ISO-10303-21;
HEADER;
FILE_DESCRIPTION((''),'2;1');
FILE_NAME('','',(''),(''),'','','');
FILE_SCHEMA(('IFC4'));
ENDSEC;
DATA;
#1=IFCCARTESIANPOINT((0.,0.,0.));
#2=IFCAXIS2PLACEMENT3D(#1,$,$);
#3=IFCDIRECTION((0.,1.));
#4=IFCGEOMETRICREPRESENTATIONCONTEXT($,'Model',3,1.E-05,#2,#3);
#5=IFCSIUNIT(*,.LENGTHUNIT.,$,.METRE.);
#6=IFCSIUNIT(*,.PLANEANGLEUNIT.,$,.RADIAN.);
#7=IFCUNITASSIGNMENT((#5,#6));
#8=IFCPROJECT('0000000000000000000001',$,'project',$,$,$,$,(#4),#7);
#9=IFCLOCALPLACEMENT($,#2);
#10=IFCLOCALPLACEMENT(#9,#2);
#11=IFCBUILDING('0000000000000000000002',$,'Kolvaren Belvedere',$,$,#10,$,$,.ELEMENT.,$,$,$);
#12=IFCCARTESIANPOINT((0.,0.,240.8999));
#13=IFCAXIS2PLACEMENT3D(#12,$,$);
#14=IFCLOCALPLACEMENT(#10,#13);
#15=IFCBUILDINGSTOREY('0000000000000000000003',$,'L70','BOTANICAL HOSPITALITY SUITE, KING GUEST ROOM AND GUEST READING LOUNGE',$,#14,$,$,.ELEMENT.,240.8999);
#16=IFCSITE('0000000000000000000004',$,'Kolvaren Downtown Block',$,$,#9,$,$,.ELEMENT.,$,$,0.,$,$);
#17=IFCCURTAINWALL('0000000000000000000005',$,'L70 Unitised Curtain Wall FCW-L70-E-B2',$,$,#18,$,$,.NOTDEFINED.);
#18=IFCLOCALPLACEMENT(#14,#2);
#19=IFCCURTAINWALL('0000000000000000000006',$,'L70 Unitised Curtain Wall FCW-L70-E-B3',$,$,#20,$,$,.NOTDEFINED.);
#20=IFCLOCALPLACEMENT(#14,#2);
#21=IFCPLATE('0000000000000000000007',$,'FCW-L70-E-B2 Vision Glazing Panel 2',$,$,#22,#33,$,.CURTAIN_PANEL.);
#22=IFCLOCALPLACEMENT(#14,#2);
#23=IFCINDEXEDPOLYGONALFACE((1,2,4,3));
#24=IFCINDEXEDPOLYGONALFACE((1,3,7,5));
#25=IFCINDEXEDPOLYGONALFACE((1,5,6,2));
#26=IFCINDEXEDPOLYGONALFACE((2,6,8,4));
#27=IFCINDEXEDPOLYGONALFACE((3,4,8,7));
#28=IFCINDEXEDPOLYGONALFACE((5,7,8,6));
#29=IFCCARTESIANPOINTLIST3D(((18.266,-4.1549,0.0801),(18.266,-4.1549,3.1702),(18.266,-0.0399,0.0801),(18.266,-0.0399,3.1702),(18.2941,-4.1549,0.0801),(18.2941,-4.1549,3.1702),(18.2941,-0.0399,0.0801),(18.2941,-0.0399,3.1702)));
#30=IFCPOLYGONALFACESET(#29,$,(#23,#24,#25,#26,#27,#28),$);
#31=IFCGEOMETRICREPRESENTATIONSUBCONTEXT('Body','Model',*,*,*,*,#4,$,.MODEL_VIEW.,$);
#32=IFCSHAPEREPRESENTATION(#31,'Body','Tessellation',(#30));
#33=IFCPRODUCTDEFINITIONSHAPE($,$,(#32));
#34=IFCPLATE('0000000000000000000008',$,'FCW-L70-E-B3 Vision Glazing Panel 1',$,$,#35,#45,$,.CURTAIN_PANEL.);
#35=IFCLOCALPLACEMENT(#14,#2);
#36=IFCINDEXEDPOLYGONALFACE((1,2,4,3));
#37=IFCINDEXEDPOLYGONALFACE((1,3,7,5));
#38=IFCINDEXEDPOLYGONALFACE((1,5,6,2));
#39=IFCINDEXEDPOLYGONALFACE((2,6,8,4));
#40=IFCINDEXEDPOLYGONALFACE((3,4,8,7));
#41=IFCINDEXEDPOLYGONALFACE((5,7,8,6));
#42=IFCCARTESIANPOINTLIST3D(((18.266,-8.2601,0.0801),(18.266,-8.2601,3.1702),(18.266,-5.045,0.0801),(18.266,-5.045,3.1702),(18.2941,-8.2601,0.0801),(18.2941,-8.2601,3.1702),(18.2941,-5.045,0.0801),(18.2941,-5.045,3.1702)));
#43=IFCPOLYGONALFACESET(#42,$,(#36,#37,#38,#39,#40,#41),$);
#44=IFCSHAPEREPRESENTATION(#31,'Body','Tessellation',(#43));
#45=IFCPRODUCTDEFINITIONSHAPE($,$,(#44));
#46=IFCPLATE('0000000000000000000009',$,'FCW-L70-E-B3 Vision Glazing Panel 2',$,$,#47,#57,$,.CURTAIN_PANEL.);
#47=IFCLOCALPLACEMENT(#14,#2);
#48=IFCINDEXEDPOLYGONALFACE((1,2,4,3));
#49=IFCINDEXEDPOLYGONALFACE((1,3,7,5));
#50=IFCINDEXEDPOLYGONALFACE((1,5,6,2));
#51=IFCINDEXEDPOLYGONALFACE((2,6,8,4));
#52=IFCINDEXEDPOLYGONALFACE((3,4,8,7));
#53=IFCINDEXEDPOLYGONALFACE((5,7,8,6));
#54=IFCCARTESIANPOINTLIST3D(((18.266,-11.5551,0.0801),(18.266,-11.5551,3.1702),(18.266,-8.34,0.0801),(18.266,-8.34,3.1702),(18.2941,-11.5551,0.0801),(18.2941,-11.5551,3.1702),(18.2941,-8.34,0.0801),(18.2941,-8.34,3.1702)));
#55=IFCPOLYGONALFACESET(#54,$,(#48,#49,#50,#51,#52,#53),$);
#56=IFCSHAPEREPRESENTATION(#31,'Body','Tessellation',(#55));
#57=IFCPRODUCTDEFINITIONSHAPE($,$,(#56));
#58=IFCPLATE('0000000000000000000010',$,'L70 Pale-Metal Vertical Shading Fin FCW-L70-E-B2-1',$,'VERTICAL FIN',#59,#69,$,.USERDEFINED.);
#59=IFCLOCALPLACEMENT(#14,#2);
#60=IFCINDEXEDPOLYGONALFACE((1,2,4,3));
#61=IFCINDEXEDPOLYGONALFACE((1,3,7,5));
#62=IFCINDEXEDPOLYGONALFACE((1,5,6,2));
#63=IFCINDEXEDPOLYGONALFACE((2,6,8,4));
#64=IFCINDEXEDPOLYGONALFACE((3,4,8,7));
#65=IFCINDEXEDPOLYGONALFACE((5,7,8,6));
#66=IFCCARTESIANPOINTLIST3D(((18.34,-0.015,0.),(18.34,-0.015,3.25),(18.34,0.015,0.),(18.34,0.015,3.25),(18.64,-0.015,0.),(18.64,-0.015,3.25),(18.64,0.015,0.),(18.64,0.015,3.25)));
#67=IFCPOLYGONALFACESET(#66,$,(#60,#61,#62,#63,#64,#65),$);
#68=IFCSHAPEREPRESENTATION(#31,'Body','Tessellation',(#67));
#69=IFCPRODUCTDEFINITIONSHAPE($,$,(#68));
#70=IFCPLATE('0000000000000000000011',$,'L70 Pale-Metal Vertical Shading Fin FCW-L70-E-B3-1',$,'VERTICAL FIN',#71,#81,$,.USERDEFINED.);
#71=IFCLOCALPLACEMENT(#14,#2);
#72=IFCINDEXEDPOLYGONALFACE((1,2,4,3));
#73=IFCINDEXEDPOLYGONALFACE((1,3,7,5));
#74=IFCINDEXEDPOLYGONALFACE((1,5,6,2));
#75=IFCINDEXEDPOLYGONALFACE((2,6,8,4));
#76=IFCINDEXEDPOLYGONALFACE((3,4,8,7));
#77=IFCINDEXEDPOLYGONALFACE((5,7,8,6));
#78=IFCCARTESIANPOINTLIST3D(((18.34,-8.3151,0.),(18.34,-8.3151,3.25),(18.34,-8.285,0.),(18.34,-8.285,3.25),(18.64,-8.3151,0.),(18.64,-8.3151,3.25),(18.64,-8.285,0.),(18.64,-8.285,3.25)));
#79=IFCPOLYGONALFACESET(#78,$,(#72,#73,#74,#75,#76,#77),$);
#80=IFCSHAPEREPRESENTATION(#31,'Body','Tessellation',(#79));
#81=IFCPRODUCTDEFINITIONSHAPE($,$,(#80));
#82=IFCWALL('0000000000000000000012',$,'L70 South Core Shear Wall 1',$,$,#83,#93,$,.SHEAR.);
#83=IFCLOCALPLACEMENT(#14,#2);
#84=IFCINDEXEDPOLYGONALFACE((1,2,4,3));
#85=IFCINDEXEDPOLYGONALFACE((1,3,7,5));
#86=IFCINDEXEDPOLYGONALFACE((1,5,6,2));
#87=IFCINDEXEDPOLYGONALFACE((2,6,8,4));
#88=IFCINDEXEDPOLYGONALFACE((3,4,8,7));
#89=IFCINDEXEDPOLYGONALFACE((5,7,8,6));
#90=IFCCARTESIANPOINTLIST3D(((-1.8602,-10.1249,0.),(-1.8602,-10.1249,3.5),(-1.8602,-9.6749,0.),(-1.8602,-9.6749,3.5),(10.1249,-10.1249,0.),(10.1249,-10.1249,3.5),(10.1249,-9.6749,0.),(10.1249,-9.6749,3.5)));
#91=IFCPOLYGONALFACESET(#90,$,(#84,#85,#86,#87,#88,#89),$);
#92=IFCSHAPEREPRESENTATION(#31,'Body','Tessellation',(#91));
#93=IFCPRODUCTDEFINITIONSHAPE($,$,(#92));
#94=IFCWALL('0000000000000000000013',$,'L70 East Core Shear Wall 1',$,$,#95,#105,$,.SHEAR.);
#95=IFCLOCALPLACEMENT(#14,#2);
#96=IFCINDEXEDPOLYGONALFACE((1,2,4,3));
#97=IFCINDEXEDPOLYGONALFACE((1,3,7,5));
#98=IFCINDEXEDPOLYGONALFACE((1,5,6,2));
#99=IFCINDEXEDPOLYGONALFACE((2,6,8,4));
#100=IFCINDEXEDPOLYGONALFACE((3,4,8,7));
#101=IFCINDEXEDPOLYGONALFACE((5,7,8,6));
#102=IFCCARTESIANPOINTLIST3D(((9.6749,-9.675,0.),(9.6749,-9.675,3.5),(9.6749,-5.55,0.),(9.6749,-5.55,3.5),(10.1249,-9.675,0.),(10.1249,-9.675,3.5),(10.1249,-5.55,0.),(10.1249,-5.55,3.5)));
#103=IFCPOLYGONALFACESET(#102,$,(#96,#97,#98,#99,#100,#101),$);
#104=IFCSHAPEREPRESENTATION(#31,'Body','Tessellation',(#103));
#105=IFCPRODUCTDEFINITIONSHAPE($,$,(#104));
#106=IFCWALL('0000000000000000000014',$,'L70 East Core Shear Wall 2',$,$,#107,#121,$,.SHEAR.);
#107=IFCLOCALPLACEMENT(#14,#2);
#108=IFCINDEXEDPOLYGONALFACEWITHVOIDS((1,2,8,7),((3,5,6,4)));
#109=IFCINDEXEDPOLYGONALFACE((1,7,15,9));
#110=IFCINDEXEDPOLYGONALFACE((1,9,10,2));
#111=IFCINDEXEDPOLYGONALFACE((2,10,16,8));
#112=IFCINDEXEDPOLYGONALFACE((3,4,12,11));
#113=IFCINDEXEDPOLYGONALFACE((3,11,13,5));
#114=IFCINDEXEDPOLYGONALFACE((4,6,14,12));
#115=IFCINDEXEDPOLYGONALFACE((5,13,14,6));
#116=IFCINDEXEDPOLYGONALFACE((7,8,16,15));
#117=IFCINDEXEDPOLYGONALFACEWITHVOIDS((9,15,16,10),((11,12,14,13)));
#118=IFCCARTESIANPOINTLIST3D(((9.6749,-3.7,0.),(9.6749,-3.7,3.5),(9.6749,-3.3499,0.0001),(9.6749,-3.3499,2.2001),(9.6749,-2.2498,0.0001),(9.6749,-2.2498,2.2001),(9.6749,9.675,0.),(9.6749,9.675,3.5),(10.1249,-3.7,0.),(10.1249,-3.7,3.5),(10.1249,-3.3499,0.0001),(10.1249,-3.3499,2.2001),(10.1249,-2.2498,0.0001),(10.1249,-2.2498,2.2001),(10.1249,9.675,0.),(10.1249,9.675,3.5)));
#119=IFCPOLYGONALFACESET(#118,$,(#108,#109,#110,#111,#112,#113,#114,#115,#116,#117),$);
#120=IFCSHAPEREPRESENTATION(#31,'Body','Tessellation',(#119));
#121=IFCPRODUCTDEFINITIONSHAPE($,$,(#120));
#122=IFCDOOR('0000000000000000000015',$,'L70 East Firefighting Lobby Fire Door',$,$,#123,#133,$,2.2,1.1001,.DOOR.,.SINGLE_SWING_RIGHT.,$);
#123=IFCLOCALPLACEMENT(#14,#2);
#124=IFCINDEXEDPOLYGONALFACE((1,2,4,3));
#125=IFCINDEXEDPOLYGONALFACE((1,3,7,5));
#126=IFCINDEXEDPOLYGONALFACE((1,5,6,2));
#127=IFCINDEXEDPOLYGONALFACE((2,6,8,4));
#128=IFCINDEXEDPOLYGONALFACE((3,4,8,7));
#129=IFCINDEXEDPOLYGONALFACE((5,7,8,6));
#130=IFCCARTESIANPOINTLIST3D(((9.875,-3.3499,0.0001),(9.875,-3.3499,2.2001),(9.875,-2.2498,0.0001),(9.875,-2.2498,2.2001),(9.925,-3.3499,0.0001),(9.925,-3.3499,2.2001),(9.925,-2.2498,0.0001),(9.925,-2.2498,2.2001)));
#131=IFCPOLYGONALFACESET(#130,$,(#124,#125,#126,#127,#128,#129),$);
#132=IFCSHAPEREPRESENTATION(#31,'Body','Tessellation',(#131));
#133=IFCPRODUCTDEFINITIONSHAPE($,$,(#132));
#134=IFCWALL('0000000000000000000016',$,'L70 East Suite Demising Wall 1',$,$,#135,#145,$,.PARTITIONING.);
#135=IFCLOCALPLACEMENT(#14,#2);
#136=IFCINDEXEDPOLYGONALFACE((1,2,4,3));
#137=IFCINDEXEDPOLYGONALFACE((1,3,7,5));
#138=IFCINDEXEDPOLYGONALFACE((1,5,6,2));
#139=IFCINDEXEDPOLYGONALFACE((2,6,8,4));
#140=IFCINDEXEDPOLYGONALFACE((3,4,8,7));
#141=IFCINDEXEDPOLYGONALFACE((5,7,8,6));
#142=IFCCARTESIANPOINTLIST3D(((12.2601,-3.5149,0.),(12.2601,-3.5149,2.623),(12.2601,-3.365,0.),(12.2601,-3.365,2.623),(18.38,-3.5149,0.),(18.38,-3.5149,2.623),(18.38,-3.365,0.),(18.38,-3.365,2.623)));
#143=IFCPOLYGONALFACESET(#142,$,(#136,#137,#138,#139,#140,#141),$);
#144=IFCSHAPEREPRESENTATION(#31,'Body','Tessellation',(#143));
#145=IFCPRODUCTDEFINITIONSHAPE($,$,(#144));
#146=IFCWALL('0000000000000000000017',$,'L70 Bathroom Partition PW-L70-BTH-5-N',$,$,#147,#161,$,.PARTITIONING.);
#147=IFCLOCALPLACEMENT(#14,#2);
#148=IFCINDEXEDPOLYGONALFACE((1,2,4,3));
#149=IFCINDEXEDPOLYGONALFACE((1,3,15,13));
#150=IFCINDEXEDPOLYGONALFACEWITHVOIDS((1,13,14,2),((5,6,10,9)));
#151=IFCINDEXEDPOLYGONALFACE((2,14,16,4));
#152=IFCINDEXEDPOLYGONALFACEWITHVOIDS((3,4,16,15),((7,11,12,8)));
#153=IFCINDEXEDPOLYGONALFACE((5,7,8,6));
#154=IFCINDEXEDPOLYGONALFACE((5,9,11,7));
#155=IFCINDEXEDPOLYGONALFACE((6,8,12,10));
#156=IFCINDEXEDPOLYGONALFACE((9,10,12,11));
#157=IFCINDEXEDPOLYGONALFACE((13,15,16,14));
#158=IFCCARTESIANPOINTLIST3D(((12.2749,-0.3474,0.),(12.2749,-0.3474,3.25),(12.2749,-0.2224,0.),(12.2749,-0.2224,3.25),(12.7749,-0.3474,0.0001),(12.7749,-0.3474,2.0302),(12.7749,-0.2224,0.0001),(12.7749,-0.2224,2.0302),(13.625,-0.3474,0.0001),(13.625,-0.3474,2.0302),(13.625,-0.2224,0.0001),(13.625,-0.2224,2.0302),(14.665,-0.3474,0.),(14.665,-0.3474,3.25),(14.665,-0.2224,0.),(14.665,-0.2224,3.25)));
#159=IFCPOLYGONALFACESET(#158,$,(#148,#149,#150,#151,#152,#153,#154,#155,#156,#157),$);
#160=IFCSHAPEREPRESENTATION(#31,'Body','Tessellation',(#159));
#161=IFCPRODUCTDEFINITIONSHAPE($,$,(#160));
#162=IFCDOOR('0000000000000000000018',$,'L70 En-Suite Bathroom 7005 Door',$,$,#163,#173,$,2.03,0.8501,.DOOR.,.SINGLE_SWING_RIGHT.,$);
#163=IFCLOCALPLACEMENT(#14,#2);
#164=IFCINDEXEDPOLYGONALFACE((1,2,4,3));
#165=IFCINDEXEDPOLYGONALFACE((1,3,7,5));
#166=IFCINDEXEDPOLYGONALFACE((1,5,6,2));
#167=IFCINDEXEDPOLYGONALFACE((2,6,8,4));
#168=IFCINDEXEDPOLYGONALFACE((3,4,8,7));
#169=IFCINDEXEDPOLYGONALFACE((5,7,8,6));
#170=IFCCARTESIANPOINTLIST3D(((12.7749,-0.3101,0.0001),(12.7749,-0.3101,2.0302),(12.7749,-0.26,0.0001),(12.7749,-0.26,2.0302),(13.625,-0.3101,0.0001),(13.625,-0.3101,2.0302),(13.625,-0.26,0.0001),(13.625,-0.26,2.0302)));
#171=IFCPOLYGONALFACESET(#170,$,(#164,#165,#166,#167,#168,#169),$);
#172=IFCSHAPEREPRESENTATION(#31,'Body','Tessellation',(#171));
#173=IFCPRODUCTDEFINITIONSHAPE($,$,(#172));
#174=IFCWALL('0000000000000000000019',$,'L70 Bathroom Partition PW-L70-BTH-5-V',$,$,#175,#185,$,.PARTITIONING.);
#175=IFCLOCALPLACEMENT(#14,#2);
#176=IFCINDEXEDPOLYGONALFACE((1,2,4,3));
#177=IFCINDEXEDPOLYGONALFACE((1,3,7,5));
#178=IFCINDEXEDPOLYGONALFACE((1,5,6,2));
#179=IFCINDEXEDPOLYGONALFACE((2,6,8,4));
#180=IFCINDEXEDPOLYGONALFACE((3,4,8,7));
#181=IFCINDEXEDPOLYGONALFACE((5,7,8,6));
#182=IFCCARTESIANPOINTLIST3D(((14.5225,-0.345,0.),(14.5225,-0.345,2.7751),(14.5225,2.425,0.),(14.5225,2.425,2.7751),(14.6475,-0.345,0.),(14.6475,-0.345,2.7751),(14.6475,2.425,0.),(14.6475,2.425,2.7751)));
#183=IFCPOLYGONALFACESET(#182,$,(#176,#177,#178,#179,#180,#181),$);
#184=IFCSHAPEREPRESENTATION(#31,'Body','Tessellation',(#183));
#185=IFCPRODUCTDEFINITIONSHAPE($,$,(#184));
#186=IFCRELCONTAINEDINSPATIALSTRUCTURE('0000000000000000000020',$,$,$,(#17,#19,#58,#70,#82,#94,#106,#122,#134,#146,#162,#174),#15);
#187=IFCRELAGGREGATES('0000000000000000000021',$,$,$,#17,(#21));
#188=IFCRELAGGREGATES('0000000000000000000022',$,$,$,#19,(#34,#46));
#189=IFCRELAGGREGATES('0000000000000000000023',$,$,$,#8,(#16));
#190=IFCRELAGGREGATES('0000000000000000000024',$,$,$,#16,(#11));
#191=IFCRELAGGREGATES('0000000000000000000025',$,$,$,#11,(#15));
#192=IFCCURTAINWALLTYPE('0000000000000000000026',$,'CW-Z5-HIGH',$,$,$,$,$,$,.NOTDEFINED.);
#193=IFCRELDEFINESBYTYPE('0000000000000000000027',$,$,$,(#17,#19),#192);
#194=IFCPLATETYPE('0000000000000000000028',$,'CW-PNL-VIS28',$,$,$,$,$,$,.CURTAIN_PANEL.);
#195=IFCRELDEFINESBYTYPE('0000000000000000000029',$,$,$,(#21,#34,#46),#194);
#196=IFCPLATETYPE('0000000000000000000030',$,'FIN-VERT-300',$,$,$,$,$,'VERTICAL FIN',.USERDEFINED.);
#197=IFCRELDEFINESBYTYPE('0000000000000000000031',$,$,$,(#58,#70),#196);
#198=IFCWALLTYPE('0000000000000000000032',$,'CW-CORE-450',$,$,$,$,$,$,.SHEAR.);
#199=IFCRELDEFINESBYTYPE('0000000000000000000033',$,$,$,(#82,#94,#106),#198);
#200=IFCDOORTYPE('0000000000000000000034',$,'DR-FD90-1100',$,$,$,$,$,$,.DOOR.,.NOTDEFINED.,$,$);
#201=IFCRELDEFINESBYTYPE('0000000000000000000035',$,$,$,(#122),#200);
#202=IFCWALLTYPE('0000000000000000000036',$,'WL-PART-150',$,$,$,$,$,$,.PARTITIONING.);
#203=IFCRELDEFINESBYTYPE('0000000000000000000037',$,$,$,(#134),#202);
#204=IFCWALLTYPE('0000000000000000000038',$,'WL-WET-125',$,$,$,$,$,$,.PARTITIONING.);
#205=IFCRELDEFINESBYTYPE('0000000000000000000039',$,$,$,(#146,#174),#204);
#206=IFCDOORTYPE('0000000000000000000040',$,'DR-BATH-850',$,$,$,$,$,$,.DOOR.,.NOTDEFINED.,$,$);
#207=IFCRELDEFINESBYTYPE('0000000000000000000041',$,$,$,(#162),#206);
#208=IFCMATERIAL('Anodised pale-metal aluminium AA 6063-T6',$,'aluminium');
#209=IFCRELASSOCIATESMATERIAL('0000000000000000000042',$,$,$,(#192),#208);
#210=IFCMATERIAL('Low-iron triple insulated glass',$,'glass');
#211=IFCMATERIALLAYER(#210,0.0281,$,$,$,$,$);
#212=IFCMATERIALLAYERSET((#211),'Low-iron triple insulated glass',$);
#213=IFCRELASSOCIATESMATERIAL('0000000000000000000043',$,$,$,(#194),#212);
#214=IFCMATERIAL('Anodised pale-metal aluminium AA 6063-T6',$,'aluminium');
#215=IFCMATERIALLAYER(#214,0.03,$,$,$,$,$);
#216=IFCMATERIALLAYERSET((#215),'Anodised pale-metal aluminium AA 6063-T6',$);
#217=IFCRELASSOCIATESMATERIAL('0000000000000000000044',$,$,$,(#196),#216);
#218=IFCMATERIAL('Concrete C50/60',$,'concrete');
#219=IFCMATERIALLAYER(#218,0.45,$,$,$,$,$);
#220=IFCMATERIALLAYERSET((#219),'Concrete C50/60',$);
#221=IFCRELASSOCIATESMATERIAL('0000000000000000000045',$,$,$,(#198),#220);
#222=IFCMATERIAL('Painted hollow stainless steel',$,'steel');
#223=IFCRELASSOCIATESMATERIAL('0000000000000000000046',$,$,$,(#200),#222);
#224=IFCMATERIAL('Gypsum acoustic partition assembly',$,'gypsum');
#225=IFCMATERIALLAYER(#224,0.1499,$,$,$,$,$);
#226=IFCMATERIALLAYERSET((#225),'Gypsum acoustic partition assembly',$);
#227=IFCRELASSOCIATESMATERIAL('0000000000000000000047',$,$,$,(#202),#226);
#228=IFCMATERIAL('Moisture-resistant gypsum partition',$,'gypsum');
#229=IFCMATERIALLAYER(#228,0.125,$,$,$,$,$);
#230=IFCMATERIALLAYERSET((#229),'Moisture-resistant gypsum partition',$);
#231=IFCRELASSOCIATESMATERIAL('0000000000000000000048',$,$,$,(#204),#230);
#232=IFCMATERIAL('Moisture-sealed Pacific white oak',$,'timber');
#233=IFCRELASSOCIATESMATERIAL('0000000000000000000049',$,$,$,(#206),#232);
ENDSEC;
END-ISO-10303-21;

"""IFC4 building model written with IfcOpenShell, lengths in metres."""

from ifc_helpers import new_model, si_unit, direction, frame, frame_2d, origin, origin_2d, place, context, subcontext, project, spatial, rectangle, extrude, material, layer, layer_set, type_object, element, fill, aggregate, save


model = new_model("IFC4")

# Units and contexts
model_context = context("Model", 3, precision=1e-05, world=origin(), true_north=direction((0.0, 1.0)))
body_context = subcontext(model_context, "Body", "Model", "MODEL_VIEW")
ifc_project = project(units=[si_unit("LENGTHUNIT", "METRE"), si_unit("PLANEANGLEUNIT", "RADIAN")], contexts=[model_context])

# Site, building, storey
site_placement = place(None, origin())
site = spatial("IfcSite", under=ifc_project, at=site_placement, Name="Kolvaren Downtown Block", CompositionType="ELEMENT", RefElevation=0.0)
building_placement = place(site_placement, origin())
building = spatial("IfcBuilding", under=site, at=building_placement, Name="Kolvaren Belvedere", CompositionType="ELEMENT")
storey_placement = place(building_placement, frame((0.0, 0.0, 240.8999)))
storey = spatial("IfcBuildingStorey", under=building, at=storey_placement, Name="L70", Description="BOTANICAL HOSPITALITY SUITE, KING GUEST ROOM AND GUEST READING LOUNGE", CompositionType="ELEMENT", Elevation=240.8999)

# Curtain walls
ifc_material_1 = material(Name="Anodised pale-metal aluminium AA 6063-T6", Category="aluminium")
curtain_wall_type = type_object("IfcCurtainWallType", Name="CW-Z5-HIGH", PredefinedType="NOTDEFINED", material=ifc_material_1)
curtain_wall_1_placement = place(storey_placement, origin())
curtain_wall_1 = element("IfcCurtainWall", 1, at=curtain_wall_1_placement, inside=storey, type_object=curtain_wall_type, Name="L70 Unitised Curtain Wall FCW-L70-E-B2", PredefinedType="NOTDEFINED")
curtain_wall_2_placement = place(storey_placement, origin())
curtain_wall_2 = element("IfcCurtainWall", 2, at=curtain_wall_2_placement, inside=storey, type_object=curtain_wall_type, Name="L70 Unitised Curtain Wall FCW-L70-E-B3", PredefinedType="NOTDEFINED")

# Plates
ifc_material_2 = material(Name="Low-iron triple insulated glass", Category="glass")
ifc_layer_1 = layer(ifc_material_2, 0.0281)
ifc_layer_set_1 = layer_set([ifc_layer_1], Name="Low-iron triple insulated glass")
plate_type_1 = type_object("IfcPlateType", Name="CW-PNL-VIS28", PredefinedType="CURTAIN_PANEL", material=ifc_layer_set_1)
plate_1_placement = place(storey_placement, frame((18.28, -2.0974, 0.0801), z_axis=(0.0, 0.0, 1.0), x_axis=(0.0, -1.0, 0.0)))
plate_1 = element("IfcPlate", 3, at=plate_1_placement, type_object=plate_type_1, Name="FCW-L70-E-B2 Vision Glazing Panel 2", PredefinedType="CURTAIN_PANEL", context=body_context, shape_type="SweptSolid", body=[
    extrude(rectangle(XDim=4.115, YDim=0.0281, at=origin_2d()), origin(), (0.0, 0.0, 1.0), 3.0901),
])
aggregate(curtain_wall_1, [plate_1])
plate_2_placement = place(storey_placement, frame((18.28, -6.6526, 0.0801), z_axis=(0.0, 0.0, 1.0), x_axis=(0.0, -1.0, 0.0)))
plate_2 = element("IfcPlate", 4, at=plate_2_placement, type_object=plate_type_1, Name="FCW-L70-E-B3 Vision Glazing Panel 1", PredefinedType="CURTAIN_PANEL", context=body_context, shape_type="SweptSolid", body=[
    extrude(rectangle(XDim=3.2151, YDim=0.0281, at=origin_2d()), origin(), (0.0, 0.0, 1.0), 3.0901),
])
plate_3_placement = place(storey_placement, frame((18.28, -9.9475, 0.0801), z_axis=(0.0, 0.0, 1.0), x_axis=(0.0, -1.0, 0.0)))
plate_3 = element("IfcPlate", 5, at=plate_3_placement, type_object=plate_type_1, Name="FCW-L70-E-B3 Vision Glazing Panel 2", PredefinedType="CURTAIN_PANEL", context=body_context, shape_type="SweptSolid", body=[
    extrude(rectangle(XDim=3.2151, YDim=0.0281, at=origin_2d()), origin(), (0.0, 0.0, 1.0), 3.0901),
])
aggregate(curtain_wall_2, [plate_2, plate_3])

# Plates
ifc_material_3 = material(Name="Anodised pale-metal aluminium AA 6063-T6", Category="aluminium")
ifc_layer_2 = layer(ifc_material_3, 0.03)
ifc_layer_set_2 = layer_set([ifc_layer_2], Name="Anodised pale-metal aluminium AA 6063-T6")
plate_type_2 = type_object("IfcPlateType", Name="FIN-VERT-300", ElementType="VERTICAL FIN", PredefinedType="USERDEFINED", material=ifc_layer_set_2)
for number, where, z_axis, x_axis, name in (
    (6, (18.49, 0.0, 0.0), (0.0, 0.0, 1.0), (1.0, 0.0, 0.0), "L70 Pale-Metal Vertical Shading Fin FCW-L70-E-B2-1"),
    (7, (18.49, -8.3, 0.0), (0.0, 0.0, 1.0), (1.0, 0.0, 0.0), "L70 Pale-Metal Vertical Shading Fin FCW-L70-E-B3-1"),
):
    element("IfcPlate", number, at=place(storey_placement, frame(where, z_axis=z_axis, x_axis=x_axis)), inside=storey, type_object=plate_type_2, Name=name, ObjectType="VERTICAL FIN", PredefinedType="USERDEFINED", context=body_context, shape_type="SweptSolid", body=[
        extrude(rectangle(XDim=0.3, YDim=0.03, at=origin_2d()), origin(), (0.0, 0.0, 1.0), 3.25),
    ])

# Walls
ifc_material_4 = material(Name="Concrete C50/60", Category="concrete")
ifc_layer_3 = layer(ifc_material_4, 0.45)
ifc_layer_set_3 = layer_set([ifc_layer_3], Name="Concrete C50/60")
wall_type_1 = type_object("IfcWallType", Name="CW-CORE-450", PredefinedType="SHEAR", material=ifc_layer_set_3)
wall_1_placement = place(storey_placement, frame((10.125, -9.8999, 0.0), z_axis=(0.0, 0.0, 1.0), x_axis=(-1.0, 0.0, 0.0)))
element("IfcWall", 8, at=wall_1_placement, inside=storey, type_object=wall_type_1, Name="L70 South Core Shear Wall 1", PredefinedType="SHEAR", context=body_context, shape_type="SweptSolid", body=[
    extrude(rectangle(XDim=11.9851, YDim=0.45, at=frame_2d((5.9927, 0.0))), origin(), (0.0, 0.0, 1.0), 3.5),
])
wall_2_placement = place(storey_placement, frame((9.8999, -9.675, 0.0), z_axis=(0.0, 0.0, 1.0), x_axis=(0.0, 1.0, 0.0)))
element("IfcWall", 9, at=wall_2_placement, inside=storey, type_object=wall_type_1, Name="L70 East Core Shear Wall 1", PredefinedType="SHEAR", context=body_context, shape_type="SweptSolid", body=[
    extrude(rectangle(XDim=4.125, YDim=0.45, at=frame_2d((2.0625, 0.0))), origin(), (0.0, 0.0, 1.0), 3.5),
])

# Wall, opening, door
wall_3_placement = place(storey_placement, frame((9.8999, -3.7, 0.0), z_axis=(0.0, 0.0, 1.0), x_axis=(0.0, 1.0, 0.0)))
wall_3 = element("IfcWall", 10, at=wall_3_placement, inside=storey, type_object=wall_type_1, Name="L70 East Core Shear Wall 2", PredefinedType="SHEAR", context=body_context, shape_type="SweptSolid", body=[
    extrude(rectangle(XDim=13.375, YDim=0.45, at=frame_2d((6.6875, 0.0))), origin(), (0.0, 0.0, 1.0), 3.5),
])
opening_1_placement = place(wall_3_placement, frame((0.3501, 0.0, 0.0)))
opening_1 = element("IfcOpeningElement", 11, at=opening_1_placement, cuts=wall_3, PredefinedType="OPENING", context=body_context, shape_type="SweptSolid", body=[
    extrude(rectangle(XDim=1.1001, YDim=2.2, at=frame_2d((0.55, 1.1001))), frame((0.0, 0.2349, 0.0), z_axis=(0.0, -1.0, 0.0), x_axis=(1.0, 0.0, 0.0)), (0.0, 0.0, 1.0), 0.47),
])
ifc_material_5 = material(Name="Painted hollow stainless steel", Category="steel")
door_type_1 = type_object("IfcDoorType", Name="DR-FD90-1100", OperationType="NOTDEFINED", PredefinedType="DOOR", material=ifc_material_5)
door_1_placement = place(opening_1_placement, origin())
door_1 = element("IfcDoor", 12, at=door_1_placement, inside=storey, type_object=door_type_1, Name="L70 East Firefighting Lobby Fire Door", OperationType="SINGLE_SWING_RIGHT", OverallHeight=2.2, OverallWidth=1.1001, PredefinedType="DOOR", context=body_context, shape_type="SweptSolid", body=[
    extrude(rectangle(XDim=1.1001, YDim=2.2, at=frame_2d((0.55, 1.1001))), frame((0.0, 0.0249, 0.0), z_axis=(0.0, -1.0, 0.0), x_axis=(1.0, 0.0, 0.0)), (0.0, 0.0, 1.0), 0.05),
])
fill(opening_1, door_1)

# Wall
ifc_material_6 = material(Name="Gypsum acoustic partition assembly", Category="gypsum")
ifc_layer_4 = layer(ifc_material_6, 0.1499)
ifc_layer_set_4 = layer_set([ifc_layer_4], Name="Gypsum acoustic partition assembly")
wall_type_2 = type_object("IfcWallType", Name="WL-PART-150", PredefinedType="PARTITIONING", material=ifc_layer_set_4)
wall_4_placement = place(storey_placement, frame((12.26, -3.4399, 0.0), z_axis=(0.0, 0.0, 1.0), x_axis=(1.0, 0.0, 0.0)))
element("IfcWall", 13, at=wall_4_placement, inside=storey, type_object=wall_type_2, Name="L70 East Suite Demising Wall 1", PredefinedType="PARTITIONING", context=body_context, shape_type="SweptSolid", body=[
    extrude(rectangle(XDim=6.1199, YDim=0.1499, at=frame_2d((3.0601, 0.0))), origin(), (0.0, 0.0, 1.0), 2.623),
])

# Wall, opening, door
ifc_material_7 = material(Name="Moisture-resistant gypsum partition", Category="gypsum")
ifc_layer_5 = layer(ifc_material_7, 0.125)
ifc_layer_set_5 = layer_set([ifc_layer_5], Name="Moisture-resistant gypsum partition")
wall_type_3 = type_object("IfcWallType", Name="WL-WET-125", PredefinedType="PARTITIONING", material=ifc_layer_set_5)
wall_5_placement = place(storey_placement, frame((12.2749, -0.2849, 0.0), z_axis=(0.0, 0.0, 1.0), x_axis=(1.0, 0.0, 0.0)))
wall_5 = element("IfcWall", 14, at=wall_5_placement, inside=storey, type_object=wall_type_3, Name="L70 Bathroom Partition PW-L70-BTH-5-N", PredefinedType="PARTITIONING", context=body_context, shape_type="SweptSolid", body=[
    extrude(rectangle(XDim=2.3901, YDim=0.125, at=frame_2d((1.1951, 0.0))), origin(), (0.0, 0.0, 1.0), 3.25),
])
opening_2_placement = place(wall_5_placement, frame((0.5, 0.0, 0.0)))
opening_2 = element("IfcOpeningElement", 15, at=opening_2_placement, cuts=wall_5, PredefinedType="OPENING", context=body_context, shape_type="SweptSolid", body=[
    extrude(rectangle(XDim=0.8501, YDim=2.03, at=frame_2d((0.425, 1.0151))), frame((0.0, 0.0725, 0.0), z_axis=(0.0, -1.0, 0.0), x_axis=(1.0, 0.0, 0.0)), (0.0, 0.0, 1.0), 0.145),
])
ifc_material_8 = material(Name="Moisture-sealed Pacific white oak", Category="timber")
door_type_2 = type_object("IfcDoorType", Name="DR-BATH-850", OperationType="NOTDEFINED", PredefinedType="DOOR", material=ifc_material_8)
door_2_placement = place(opening_2_placement, origin())
door_2 = element("IfcDoor", 16, at=door_2_placement, inside=storey, type_object=door_type_2, Name="L70 En-Suite Bathroom 7005 Door", OperationType="SINGLE_SWING_RIGHT", OverallHeight=2.03, OverallWidth=0.8501, PredefinedType="DOOR", context=body_context, shape_type="SweptSolid", body=[
    extrude(rectangle(XDim=0.8501, YDim=2.03, at=frame_2d((0.425, 1.0151))), frame((0.0, 0.0249, 0.0), z_axis=(0.0, -1.0, 0.0), x_axis=(1.0, 0.0, 0.0)), (0.0, 0.0, 1.0), 0.05),
])
fill(opening_2, door_2)

# Wall
wall_6_placement = place(storey_placement, frame((14.585, -0.345, 0.0), z_axis=(0.0, 0.0, 1.0), x_axis=(0.0, 1.0, 0.0)))
element("IfcWall", 17, at=wall_6_placement, inside=storey, type_object=wall_type_3, Name="L70 Bathroom Partition PW-L70-BTH-5-V", PredefinedType="PARTITIONING", context=body_context, shape_type="SweptSolid", body=[
    extrude(rectangle(XDim=2.77, YDim=0.125, at=frame_2d((1.385, 0.0))), origin(), (0.0, 0.0, 1.0), 2.7751),
])

save(model, "model.ifc")
